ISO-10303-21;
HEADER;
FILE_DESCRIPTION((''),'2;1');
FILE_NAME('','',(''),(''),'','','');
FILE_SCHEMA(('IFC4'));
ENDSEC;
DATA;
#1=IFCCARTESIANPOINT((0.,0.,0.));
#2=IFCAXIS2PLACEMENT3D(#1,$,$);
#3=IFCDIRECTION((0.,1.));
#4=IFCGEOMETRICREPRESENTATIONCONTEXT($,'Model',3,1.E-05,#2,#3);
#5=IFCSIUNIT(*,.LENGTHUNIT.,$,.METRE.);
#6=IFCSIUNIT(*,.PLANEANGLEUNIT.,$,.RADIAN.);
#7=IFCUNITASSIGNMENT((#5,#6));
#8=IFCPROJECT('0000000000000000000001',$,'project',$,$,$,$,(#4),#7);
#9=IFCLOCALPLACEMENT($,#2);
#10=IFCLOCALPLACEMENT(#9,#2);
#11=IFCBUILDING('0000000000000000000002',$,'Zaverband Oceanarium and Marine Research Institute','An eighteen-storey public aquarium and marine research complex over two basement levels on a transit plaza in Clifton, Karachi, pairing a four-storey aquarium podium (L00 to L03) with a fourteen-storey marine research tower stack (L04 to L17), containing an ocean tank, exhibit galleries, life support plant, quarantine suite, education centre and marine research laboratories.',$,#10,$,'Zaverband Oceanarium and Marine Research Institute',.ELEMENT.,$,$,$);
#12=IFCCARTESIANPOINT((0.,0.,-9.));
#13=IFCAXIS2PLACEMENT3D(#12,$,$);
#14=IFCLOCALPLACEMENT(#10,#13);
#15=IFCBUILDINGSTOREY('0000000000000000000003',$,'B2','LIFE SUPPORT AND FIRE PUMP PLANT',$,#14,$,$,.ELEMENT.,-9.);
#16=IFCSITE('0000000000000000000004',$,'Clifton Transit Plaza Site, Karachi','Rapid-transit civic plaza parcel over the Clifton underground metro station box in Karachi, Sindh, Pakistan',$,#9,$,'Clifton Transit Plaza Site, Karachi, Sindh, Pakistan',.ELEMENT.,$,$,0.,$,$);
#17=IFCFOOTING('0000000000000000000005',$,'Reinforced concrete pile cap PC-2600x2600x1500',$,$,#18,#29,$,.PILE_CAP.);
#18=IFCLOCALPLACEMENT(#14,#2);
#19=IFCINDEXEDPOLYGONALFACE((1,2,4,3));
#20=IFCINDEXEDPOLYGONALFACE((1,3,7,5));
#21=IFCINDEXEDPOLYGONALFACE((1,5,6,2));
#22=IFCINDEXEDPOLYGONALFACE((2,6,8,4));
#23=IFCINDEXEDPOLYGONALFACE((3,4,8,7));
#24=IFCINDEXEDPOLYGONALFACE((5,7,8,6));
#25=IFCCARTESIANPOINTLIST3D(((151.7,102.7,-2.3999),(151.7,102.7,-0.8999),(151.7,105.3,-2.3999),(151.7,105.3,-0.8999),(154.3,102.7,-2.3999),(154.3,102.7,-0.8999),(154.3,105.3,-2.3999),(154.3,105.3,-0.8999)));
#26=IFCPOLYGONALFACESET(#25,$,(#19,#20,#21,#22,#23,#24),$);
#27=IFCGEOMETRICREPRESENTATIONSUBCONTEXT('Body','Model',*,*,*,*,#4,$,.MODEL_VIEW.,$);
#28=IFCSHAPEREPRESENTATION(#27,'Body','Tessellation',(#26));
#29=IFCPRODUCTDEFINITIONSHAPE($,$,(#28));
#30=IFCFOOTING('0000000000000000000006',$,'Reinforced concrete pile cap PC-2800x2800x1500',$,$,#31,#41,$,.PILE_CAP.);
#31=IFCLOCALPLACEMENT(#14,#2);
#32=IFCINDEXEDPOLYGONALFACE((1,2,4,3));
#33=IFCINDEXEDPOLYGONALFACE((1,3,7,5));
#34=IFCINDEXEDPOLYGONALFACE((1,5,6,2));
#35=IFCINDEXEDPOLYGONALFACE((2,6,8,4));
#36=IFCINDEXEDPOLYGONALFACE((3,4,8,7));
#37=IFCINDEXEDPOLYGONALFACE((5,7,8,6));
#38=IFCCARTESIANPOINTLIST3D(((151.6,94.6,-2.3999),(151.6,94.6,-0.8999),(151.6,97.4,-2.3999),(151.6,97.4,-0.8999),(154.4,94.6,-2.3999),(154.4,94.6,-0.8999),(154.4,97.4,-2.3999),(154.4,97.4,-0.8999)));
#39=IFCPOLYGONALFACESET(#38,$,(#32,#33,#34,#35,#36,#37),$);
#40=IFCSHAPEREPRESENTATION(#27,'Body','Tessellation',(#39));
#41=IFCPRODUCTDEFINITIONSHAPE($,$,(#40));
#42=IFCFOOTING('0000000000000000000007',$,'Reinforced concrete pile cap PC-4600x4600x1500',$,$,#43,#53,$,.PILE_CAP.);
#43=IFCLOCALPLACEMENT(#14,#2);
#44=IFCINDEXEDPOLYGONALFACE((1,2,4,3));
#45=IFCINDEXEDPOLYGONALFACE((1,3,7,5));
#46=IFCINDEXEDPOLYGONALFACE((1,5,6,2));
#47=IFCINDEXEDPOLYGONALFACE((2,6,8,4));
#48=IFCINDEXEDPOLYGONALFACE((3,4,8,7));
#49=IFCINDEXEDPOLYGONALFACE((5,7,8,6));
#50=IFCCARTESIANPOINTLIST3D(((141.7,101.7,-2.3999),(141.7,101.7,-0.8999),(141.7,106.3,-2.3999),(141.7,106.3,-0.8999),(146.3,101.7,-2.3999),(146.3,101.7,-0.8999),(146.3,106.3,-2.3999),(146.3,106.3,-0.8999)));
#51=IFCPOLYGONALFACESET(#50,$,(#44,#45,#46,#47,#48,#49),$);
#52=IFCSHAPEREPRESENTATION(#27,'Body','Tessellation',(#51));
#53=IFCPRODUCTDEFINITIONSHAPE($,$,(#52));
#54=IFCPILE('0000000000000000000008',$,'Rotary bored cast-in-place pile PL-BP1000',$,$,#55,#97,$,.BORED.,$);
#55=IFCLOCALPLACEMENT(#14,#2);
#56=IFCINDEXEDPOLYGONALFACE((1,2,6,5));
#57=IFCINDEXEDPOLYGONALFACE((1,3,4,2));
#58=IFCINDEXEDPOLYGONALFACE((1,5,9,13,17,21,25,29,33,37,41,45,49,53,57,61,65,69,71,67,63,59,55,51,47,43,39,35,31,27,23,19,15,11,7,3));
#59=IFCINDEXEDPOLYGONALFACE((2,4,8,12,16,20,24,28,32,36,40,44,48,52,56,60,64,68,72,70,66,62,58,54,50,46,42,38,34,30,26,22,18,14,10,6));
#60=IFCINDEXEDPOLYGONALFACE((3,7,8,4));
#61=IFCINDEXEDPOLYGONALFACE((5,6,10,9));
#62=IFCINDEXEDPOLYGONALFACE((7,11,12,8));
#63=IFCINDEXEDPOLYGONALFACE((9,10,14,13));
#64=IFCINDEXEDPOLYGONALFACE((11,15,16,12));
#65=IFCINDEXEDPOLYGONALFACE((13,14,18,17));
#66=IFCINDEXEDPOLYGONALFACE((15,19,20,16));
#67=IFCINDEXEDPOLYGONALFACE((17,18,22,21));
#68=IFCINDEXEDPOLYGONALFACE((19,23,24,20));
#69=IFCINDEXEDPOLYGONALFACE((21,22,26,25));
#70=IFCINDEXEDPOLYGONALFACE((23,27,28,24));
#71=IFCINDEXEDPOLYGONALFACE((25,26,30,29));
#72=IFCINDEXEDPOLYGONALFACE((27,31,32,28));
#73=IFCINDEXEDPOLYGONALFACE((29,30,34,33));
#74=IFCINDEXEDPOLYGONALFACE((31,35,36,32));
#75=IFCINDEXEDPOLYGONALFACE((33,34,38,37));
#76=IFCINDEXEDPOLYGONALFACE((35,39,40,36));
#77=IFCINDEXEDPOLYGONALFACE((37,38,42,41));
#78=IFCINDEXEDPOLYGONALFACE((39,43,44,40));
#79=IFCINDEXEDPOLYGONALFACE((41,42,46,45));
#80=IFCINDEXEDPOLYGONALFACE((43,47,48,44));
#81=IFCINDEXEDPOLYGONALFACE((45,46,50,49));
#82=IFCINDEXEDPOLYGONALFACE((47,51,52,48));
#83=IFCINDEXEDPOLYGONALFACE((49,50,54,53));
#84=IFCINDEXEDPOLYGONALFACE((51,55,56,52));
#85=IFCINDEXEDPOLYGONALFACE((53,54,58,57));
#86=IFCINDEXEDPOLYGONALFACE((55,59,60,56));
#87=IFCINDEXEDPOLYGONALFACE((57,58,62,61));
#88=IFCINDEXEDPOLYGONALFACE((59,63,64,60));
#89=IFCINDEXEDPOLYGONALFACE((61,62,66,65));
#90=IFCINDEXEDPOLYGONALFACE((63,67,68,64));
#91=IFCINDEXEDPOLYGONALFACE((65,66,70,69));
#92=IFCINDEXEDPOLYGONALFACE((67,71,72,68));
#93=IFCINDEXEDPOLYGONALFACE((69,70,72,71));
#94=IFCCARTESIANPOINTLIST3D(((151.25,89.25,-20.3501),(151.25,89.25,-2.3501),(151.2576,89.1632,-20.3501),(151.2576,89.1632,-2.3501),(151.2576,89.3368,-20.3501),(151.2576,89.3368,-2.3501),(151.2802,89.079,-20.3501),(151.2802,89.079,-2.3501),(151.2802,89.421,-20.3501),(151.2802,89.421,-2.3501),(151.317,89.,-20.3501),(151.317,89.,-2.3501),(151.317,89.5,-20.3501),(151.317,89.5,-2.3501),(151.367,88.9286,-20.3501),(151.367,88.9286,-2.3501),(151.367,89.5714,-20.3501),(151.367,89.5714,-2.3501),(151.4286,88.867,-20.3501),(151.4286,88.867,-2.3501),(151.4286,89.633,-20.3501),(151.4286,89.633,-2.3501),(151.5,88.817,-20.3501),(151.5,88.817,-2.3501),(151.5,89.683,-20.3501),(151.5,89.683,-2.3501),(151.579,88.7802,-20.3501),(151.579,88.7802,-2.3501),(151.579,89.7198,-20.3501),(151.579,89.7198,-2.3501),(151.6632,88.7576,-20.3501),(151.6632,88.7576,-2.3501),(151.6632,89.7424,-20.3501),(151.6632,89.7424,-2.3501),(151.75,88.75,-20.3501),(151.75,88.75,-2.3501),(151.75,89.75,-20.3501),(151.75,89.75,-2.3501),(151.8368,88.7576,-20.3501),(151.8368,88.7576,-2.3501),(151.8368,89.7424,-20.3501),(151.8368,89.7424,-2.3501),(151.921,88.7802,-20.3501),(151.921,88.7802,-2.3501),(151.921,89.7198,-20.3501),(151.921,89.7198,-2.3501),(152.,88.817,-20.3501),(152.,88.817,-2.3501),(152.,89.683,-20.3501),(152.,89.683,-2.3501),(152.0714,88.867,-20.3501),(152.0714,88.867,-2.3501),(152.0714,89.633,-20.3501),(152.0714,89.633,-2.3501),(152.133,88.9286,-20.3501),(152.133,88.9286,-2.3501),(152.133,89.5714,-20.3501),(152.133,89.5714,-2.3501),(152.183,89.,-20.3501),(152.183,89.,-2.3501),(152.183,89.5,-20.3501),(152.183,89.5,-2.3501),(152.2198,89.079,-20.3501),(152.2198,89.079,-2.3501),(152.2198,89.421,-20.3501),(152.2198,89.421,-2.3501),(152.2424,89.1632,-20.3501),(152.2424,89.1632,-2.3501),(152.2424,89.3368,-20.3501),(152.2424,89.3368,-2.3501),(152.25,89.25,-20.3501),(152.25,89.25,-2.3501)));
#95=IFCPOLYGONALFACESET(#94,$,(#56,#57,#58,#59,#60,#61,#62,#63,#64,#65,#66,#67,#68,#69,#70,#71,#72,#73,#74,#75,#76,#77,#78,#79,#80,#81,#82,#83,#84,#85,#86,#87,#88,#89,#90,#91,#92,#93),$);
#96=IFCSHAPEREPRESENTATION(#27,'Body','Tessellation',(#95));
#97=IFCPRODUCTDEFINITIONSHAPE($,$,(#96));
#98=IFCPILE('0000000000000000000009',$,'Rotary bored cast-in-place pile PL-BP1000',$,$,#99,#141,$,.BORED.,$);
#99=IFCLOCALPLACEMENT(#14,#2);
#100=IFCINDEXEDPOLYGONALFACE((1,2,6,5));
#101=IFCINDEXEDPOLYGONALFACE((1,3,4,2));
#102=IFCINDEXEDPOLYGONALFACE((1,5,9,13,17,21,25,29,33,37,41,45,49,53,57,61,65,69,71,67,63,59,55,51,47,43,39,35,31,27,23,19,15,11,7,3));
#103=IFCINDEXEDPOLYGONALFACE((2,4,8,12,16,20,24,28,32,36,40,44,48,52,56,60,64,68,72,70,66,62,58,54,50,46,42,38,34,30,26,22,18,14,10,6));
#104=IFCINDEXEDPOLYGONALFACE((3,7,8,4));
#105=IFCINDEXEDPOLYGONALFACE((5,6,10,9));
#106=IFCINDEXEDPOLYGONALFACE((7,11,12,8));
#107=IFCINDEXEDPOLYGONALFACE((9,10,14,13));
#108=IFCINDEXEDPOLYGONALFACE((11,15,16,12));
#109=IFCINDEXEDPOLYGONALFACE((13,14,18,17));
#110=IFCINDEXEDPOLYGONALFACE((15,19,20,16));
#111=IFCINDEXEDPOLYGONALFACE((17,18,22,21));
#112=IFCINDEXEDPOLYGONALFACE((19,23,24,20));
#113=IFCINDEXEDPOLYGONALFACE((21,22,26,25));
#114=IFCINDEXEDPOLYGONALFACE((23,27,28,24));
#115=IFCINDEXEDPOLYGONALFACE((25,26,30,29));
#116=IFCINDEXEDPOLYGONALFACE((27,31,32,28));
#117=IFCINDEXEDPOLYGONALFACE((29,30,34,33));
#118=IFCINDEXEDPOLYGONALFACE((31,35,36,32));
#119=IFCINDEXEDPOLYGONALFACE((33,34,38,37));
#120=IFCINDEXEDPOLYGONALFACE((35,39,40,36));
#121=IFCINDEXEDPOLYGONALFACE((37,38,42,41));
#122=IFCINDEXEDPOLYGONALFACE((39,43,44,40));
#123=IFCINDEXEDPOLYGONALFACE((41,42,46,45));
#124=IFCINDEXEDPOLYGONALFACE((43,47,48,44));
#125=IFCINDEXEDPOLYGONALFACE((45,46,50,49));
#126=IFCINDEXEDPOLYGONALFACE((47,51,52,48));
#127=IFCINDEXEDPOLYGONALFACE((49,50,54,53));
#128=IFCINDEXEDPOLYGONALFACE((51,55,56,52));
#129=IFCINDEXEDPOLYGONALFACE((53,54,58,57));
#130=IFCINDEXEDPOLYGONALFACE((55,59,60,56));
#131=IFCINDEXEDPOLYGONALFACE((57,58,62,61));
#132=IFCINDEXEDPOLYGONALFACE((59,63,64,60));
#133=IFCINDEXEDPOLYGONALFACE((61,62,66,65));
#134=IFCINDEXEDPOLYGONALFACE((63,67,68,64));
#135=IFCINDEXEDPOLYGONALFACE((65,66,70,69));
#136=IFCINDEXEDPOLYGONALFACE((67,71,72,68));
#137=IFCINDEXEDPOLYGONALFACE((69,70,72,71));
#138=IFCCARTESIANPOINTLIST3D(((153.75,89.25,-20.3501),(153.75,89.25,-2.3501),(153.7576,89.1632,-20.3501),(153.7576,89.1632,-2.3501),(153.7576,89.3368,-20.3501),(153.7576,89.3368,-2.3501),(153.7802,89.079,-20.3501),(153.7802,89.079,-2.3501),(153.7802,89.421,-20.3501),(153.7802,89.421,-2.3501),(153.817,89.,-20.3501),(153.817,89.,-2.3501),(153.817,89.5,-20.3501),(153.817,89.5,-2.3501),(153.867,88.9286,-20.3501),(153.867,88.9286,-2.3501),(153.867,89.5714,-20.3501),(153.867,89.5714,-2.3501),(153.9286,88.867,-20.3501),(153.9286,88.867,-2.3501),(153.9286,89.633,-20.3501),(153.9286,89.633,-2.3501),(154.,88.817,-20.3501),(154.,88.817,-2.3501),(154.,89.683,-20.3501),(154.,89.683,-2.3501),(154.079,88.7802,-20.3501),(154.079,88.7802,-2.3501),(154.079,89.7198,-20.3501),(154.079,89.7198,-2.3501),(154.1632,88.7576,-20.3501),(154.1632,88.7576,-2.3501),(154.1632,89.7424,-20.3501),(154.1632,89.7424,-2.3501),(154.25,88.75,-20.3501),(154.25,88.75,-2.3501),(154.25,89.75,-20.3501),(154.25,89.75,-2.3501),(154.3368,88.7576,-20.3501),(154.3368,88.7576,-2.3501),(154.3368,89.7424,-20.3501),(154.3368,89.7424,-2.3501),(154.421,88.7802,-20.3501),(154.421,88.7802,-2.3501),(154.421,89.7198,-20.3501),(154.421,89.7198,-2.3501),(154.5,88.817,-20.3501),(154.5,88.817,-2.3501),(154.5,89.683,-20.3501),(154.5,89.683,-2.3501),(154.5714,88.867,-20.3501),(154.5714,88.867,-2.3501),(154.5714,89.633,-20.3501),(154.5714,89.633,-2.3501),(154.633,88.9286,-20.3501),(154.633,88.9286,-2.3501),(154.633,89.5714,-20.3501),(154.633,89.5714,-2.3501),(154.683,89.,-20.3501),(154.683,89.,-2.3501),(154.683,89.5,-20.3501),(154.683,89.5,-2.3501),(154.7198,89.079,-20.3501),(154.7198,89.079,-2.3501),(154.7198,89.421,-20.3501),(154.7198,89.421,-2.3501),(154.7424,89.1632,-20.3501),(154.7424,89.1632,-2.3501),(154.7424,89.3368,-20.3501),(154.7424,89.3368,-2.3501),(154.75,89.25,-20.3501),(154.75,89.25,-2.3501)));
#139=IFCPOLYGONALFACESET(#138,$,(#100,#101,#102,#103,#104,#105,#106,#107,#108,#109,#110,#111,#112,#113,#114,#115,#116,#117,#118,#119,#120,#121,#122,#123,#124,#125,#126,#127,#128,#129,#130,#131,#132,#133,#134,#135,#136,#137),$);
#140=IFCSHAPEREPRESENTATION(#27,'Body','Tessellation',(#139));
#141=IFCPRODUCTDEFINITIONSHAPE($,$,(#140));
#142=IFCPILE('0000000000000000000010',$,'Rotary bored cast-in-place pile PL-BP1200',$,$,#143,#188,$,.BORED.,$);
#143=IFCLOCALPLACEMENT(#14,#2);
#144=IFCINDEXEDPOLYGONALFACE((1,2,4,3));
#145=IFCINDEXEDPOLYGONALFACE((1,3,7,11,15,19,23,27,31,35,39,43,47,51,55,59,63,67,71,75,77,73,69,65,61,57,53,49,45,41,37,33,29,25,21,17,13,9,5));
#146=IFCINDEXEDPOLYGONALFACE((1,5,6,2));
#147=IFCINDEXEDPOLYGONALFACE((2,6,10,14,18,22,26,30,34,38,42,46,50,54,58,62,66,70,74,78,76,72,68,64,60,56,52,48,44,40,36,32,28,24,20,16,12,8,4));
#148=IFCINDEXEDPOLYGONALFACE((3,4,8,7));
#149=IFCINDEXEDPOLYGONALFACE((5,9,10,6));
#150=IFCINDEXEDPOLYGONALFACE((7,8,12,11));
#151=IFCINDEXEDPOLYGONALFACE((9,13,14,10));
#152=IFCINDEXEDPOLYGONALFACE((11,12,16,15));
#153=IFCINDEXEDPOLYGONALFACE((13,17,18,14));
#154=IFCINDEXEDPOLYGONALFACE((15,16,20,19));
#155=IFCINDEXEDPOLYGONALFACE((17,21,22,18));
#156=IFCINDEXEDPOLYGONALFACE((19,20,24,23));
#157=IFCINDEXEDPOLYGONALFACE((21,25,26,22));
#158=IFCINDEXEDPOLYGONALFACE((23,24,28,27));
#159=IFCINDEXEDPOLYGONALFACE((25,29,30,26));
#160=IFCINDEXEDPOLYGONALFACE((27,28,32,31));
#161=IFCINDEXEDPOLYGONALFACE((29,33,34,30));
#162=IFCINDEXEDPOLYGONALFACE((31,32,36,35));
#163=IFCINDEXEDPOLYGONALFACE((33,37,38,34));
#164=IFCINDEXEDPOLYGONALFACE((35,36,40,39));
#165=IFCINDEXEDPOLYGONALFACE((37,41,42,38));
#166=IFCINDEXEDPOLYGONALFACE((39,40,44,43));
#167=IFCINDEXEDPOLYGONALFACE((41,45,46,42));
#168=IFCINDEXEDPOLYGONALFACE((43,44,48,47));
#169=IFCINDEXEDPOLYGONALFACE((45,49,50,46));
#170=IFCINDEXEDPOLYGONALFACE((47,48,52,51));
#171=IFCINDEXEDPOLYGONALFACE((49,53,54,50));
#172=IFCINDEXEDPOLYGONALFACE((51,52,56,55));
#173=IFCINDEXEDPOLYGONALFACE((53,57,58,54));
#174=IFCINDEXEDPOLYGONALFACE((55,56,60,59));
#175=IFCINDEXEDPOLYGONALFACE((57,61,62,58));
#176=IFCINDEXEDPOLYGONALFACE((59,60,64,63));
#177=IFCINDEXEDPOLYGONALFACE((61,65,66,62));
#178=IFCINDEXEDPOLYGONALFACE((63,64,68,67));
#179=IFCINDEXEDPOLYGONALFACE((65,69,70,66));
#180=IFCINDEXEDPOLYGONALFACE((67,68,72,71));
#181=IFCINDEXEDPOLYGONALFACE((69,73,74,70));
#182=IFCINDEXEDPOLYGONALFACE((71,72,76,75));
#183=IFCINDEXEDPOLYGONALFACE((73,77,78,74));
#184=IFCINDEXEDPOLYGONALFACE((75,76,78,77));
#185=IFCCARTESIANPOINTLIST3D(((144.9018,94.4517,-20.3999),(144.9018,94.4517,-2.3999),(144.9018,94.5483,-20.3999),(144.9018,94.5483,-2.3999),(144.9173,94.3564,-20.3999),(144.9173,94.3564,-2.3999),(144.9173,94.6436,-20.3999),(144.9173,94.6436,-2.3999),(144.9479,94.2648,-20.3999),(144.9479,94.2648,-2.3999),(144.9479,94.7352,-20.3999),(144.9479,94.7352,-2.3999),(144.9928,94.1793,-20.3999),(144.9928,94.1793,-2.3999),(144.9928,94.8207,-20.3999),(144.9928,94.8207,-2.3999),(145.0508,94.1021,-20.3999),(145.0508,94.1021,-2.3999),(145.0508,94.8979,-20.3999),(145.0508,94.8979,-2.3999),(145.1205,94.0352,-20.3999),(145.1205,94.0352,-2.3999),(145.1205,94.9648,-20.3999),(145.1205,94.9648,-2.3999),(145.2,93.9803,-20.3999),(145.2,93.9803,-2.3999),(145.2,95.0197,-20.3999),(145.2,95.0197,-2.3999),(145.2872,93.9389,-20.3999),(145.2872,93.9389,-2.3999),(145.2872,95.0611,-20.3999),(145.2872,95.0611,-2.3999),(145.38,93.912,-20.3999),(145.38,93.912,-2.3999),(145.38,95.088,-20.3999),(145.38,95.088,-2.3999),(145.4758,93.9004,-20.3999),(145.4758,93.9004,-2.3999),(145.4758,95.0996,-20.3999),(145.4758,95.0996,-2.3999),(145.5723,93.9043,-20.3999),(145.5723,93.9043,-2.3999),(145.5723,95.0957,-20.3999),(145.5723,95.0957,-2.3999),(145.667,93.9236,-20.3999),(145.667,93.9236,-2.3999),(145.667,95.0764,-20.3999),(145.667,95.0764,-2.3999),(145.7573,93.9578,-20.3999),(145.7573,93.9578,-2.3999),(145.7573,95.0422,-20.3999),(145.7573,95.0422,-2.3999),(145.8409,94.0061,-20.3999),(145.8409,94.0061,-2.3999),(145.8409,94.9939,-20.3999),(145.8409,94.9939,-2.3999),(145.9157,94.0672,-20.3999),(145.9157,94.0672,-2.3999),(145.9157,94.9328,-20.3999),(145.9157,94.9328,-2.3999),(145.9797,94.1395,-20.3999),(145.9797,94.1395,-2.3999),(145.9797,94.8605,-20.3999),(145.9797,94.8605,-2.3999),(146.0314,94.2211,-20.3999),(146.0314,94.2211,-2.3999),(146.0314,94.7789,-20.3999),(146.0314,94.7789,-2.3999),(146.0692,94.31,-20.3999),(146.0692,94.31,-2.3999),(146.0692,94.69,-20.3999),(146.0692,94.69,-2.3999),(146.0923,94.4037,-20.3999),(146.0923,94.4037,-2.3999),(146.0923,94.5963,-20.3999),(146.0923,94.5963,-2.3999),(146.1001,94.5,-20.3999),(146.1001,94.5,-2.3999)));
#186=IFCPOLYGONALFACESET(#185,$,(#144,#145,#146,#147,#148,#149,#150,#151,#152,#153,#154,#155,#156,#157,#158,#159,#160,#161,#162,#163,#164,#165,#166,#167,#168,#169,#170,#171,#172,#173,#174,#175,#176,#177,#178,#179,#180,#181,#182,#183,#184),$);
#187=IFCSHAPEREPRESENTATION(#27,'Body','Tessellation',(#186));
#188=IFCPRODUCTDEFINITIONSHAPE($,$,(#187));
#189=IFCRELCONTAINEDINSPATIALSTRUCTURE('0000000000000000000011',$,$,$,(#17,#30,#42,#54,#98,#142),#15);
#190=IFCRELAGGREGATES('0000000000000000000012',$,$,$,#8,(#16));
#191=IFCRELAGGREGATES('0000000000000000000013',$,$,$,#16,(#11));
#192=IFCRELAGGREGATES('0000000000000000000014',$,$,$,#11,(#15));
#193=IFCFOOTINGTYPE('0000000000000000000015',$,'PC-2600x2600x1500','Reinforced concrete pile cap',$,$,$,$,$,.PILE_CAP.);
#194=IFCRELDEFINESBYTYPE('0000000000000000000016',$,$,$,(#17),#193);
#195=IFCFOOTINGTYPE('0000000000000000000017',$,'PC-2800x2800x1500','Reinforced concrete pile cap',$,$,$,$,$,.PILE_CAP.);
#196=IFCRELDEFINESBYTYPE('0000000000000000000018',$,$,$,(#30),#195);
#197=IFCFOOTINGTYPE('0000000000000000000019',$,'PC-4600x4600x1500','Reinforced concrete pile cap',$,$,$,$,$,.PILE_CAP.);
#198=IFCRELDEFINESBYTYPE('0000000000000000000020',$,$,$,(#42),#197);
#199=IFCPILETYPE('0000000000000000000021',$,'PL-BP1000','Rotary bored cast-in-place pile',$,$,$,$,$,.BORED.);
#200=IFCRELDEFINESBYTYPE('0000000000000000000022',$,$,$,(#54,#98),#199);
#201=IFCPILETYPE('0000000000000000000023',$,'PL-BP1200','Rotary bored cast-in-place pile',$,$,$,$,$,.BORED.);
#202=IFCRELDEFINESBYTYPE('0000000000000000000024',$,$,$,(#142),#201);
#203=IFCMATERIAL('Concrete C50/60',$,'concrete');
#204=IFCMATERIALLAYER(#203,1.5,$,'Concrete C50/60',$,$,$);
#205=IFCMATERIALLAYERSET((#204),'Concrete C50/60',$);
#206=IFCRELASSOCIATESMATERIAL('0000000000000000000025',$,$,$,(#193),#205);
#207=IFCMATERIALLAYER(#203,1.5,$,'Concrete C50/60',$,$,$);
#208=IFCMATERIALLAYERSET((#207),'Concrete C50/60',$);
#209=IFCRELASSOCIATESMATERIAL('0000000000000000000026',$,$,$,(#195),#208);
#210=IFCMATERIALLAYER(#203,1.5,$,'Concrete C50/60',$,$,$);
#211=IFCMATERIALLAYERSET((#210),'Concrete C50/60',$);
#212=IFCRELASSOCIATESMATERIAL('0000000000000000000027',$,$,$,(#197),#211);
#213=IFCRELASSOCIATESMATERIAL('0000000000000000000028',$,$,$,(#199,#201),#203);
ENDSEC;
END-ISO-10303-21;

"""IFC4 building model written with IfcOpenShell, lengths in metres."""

from ifc_helpers import new_model, si_unit, direction, frame, origin, origin_2d, place, context, subcontext, project, spatial, rectangle, circle, extrude, material, layer, layer_set, material_profile, profile_set, type_object, element, save


model = new_model("IFC4")

# Units and contexts
model_context = context("Model", 3, precision=1e-05, world=origin(), true_north=direction((0.0, 1.0)))
body_context = subcontext(model_context, "Body", "Model", "MODEL_VIEW")
ifc_project = project(units=[si_unit("LENGTHUNIT", "METRE"), si_unit("PLANEANGLEUNIT", "RADIAN")], contexts=[model_context])

# Site, building, storey
site_placement = place(None, origin())
site = spatial("IfcSite", under=ifc_project, at=site_placement, Name="Clifton Transit Plaza Site, Karachi", Description="Rapid-transit civic plaza parcel over the Clifton underground metro station box in Karachi, Sindh, Pakistan", LongName="Clifton Transit Plaza Site, Karachi, Sindh, Pakistan", CompositionType="ELEMENT", RefElevation=0.0)
building_placement = place(site_placement, origin())
building = spatial("IfcBuilding", under=site, at=building_placement, Name="Zaverband Oceanarium and Marine Research Institute", Description="An eighteen-storey public aquarium and marine research complex over two basement levels on a transit plaza in Clifton, Karachi, pairing a four-storey aquarium podium (L00 to L03) with a fourteen-storey marine research tower stack (L04 to L17), containing an ocean tank, exhibit galleries, life support plant, quarantine suite, education centre and marine research laboratories.", LongName="Zaverband Oceanarium and Marine Research Institute", CompositionType="ELEMENT")
storey_placement = place(building_placement, frame((0.0, 0.0, -9.0)))
storey = spatial("IfcBuildingStorey", under=building, at=storey_placement, Name="B2", Description="LIFE SUPPORT AND FIRE PUMP PLANT", CompositionType="ELEMENT", Elevation=-9.0)

# Footings
ifc_material_1 = material(Name="Concrete C50/60", Category="concrete")
ifc_layer_1 = layer(ifc_material_1, 1.5, Name="Concrete C50/60")
ifc_layer_set_1 = layer_set([ifc_layer_1], Name="Concrete C50/60")
footing_type_1 = type_object("IfcFootingType", Name="PC-2600x2600x1500", Description="Reinforced concrete pile cap", PredefinedType="PILE_CAP", material=ifc_layer_set_1)
footing_1_placement = place(storey_placement, frame((153.0, 104.0, -2.3999), z_axis=(0.0, 0.0, 1.0), x_axis=(1.0, 0.0, 0.0)))
element("IfcFooting", 1, at=footing_1_placement, inside=storey, type_object=footing_type_1, Name="Reinforced concrete pile cap PC-2600x2600x1500", PredefinedType="PILE_CAP", context=body_context, shape_type="SweptSolid", body=[
    extrude(rectangle(XDim=2.6001, YDim=2.6001, at=origin_2d()), origin(), (0.0, 0.0, 1.0), 1.5),
])
ifc_layer_2 = layer(ifc_material_1, 1.5, Name="Concrete C50/60")
ifc_layer_set_2 = layer_set([ifc_layer_2], Name="Concrete C50/60")
footing_type_2 = type_object("IfcFootingType", Name="PC-2800x2800x1500", Description="Reinforced concrete pile cap", PredefinedType="PILE_CAP", material=ifc_layer_set_2)
footing_2_placement = place(storey_placement, frame((153.0, 96.0, -2.3999), z_axis=(0.0, 0.0, 1.0), x_axis=(1.0, 0.0, 0.0)))
element("IfcFooting", 2, at=footing_2_placement, inside=storey, type_object=footing_type_2, Name="Reinforced concrete pile cap PC-2800x2800x1500", PredefinedType="PILE_CAP", context=body_context, shape_type="SweptSolid", body=[
    extrude(rectangle(XDim=2.8, YDim=2.8, at=origin_2d()), origin(), (0.0, 0.0, 1.0), 1.5),
])
ifc_layer_3 = layer(ifc_material_1, 1.5, Name="Concrete C50/60")
ifc_layer_set_3 = layer_set([ifc_layer_3], Name="Concrete C50/60")
footing_type_3 = type_object("IfcFootingType", Name="PC-4600x4600x1500", Description="Reinforced concrete pile cap", PredefinedType="PILE_CAP", material=ifc_layer_set_3)
footing_3_placement = place(storey_placement, frame((144.0, 104.0, -2.3999), z_axis=(0.0, 0.0, 1.0), x_axis=(1.0, 0.0, 0.0)))
element("IfcFooting", 3, at=footing_3_placement, inside=storey, type_object=footing_type_3, Name="Reinforced concrete pile cap PC-4600x4600x1500", PredefinedType="PILE_CAP", context=body_context, shape_type="SweptSolid", body=[
    extrude(rectangle(XDim=4.6001, YDim=4.6001, at=origin_2d()), origin(), (0.0, 0.0, 1.0), 1.5),
])

# Piles
ifc_material_profile_1 = material_profile(ifc_material_1, circle(Radius=0.5, at=origin_2d()), Name="BP1000")
ifc_profile_set_1 = profile_set([ifc_material_profile_1], Name="Concrete C50/60")
pile_type_1 = type_object("IfcPileType", Name="PL-BP1000", Description="Rotary bored cast-in-place pile", PredefinedType="BORED", material=ifc_profile_set_1)
for number, where, z_axis, x_axis, name in (
    (4, (151.75, 89.25, -2.3501), (0.0, 0.0, -1.0), (1.0, 0.0, 0.0), "Rotary bored cast-in-place pile PL-BP1000"),
    (5, (154.25, 89.25, -2.3501), (0.0, 0.0, -1.0), (1.0, 0.0, 0.0), "Rotary bored cast-in-place pile PL-BP1000"),
):
    element("IfcPile", number, at=place(storey_placement, frame(where, z_axis=z_axis, x_axis=x_axis)), inside=storey, type_object=pile_type_1, Name=name, PredefinedType="BORED", context=body_context, shape_type="SweptSolid", body=[
        extrude(circle(Radius=0.5, at=origin_2d()), origin(), (0.0, 0.0, 1.0), 18.0),
    ])
ifc_material_profile_2 = material_profile(ifc_material_1, circle(Radius=0.6001, at=origin_2d()), Name="BP1200")
ifc_profile_set_2 = profile_set([ifc_material_profile_2], Name="Concrete C50/60")
pile_type_2 = type_object("IfcPileType", Name="PL-BP1200", Description="Rotary bored cast-in-place pile", PredefinedType="BORED", material=ifc_profile_set_2)
for number, where, z_axis, x_axis, name in (
    (6, (145.5, 94.5, -2.3999), (0.0, 0.0, -1.0), (1.0, 0.0, 0.0), "Rotary bored cast-in-place pile PL-BP1200"),
):
    element("IfcPile", number, at=place(storey_placement, frame(where, z_axis=z_axis, x_axis=x_axis)), inside=storey, type_object=pile_type_2, Name=name, PredefinedType="BORED", context=body_context, shape_type="SweptSolid", body=[
        extrude(circle(Radius=0.6001, at=origin_2d()), origin(), (0.0, 0.0, 1.0), 18.0),
    ])

save(model, "model.ifc")
